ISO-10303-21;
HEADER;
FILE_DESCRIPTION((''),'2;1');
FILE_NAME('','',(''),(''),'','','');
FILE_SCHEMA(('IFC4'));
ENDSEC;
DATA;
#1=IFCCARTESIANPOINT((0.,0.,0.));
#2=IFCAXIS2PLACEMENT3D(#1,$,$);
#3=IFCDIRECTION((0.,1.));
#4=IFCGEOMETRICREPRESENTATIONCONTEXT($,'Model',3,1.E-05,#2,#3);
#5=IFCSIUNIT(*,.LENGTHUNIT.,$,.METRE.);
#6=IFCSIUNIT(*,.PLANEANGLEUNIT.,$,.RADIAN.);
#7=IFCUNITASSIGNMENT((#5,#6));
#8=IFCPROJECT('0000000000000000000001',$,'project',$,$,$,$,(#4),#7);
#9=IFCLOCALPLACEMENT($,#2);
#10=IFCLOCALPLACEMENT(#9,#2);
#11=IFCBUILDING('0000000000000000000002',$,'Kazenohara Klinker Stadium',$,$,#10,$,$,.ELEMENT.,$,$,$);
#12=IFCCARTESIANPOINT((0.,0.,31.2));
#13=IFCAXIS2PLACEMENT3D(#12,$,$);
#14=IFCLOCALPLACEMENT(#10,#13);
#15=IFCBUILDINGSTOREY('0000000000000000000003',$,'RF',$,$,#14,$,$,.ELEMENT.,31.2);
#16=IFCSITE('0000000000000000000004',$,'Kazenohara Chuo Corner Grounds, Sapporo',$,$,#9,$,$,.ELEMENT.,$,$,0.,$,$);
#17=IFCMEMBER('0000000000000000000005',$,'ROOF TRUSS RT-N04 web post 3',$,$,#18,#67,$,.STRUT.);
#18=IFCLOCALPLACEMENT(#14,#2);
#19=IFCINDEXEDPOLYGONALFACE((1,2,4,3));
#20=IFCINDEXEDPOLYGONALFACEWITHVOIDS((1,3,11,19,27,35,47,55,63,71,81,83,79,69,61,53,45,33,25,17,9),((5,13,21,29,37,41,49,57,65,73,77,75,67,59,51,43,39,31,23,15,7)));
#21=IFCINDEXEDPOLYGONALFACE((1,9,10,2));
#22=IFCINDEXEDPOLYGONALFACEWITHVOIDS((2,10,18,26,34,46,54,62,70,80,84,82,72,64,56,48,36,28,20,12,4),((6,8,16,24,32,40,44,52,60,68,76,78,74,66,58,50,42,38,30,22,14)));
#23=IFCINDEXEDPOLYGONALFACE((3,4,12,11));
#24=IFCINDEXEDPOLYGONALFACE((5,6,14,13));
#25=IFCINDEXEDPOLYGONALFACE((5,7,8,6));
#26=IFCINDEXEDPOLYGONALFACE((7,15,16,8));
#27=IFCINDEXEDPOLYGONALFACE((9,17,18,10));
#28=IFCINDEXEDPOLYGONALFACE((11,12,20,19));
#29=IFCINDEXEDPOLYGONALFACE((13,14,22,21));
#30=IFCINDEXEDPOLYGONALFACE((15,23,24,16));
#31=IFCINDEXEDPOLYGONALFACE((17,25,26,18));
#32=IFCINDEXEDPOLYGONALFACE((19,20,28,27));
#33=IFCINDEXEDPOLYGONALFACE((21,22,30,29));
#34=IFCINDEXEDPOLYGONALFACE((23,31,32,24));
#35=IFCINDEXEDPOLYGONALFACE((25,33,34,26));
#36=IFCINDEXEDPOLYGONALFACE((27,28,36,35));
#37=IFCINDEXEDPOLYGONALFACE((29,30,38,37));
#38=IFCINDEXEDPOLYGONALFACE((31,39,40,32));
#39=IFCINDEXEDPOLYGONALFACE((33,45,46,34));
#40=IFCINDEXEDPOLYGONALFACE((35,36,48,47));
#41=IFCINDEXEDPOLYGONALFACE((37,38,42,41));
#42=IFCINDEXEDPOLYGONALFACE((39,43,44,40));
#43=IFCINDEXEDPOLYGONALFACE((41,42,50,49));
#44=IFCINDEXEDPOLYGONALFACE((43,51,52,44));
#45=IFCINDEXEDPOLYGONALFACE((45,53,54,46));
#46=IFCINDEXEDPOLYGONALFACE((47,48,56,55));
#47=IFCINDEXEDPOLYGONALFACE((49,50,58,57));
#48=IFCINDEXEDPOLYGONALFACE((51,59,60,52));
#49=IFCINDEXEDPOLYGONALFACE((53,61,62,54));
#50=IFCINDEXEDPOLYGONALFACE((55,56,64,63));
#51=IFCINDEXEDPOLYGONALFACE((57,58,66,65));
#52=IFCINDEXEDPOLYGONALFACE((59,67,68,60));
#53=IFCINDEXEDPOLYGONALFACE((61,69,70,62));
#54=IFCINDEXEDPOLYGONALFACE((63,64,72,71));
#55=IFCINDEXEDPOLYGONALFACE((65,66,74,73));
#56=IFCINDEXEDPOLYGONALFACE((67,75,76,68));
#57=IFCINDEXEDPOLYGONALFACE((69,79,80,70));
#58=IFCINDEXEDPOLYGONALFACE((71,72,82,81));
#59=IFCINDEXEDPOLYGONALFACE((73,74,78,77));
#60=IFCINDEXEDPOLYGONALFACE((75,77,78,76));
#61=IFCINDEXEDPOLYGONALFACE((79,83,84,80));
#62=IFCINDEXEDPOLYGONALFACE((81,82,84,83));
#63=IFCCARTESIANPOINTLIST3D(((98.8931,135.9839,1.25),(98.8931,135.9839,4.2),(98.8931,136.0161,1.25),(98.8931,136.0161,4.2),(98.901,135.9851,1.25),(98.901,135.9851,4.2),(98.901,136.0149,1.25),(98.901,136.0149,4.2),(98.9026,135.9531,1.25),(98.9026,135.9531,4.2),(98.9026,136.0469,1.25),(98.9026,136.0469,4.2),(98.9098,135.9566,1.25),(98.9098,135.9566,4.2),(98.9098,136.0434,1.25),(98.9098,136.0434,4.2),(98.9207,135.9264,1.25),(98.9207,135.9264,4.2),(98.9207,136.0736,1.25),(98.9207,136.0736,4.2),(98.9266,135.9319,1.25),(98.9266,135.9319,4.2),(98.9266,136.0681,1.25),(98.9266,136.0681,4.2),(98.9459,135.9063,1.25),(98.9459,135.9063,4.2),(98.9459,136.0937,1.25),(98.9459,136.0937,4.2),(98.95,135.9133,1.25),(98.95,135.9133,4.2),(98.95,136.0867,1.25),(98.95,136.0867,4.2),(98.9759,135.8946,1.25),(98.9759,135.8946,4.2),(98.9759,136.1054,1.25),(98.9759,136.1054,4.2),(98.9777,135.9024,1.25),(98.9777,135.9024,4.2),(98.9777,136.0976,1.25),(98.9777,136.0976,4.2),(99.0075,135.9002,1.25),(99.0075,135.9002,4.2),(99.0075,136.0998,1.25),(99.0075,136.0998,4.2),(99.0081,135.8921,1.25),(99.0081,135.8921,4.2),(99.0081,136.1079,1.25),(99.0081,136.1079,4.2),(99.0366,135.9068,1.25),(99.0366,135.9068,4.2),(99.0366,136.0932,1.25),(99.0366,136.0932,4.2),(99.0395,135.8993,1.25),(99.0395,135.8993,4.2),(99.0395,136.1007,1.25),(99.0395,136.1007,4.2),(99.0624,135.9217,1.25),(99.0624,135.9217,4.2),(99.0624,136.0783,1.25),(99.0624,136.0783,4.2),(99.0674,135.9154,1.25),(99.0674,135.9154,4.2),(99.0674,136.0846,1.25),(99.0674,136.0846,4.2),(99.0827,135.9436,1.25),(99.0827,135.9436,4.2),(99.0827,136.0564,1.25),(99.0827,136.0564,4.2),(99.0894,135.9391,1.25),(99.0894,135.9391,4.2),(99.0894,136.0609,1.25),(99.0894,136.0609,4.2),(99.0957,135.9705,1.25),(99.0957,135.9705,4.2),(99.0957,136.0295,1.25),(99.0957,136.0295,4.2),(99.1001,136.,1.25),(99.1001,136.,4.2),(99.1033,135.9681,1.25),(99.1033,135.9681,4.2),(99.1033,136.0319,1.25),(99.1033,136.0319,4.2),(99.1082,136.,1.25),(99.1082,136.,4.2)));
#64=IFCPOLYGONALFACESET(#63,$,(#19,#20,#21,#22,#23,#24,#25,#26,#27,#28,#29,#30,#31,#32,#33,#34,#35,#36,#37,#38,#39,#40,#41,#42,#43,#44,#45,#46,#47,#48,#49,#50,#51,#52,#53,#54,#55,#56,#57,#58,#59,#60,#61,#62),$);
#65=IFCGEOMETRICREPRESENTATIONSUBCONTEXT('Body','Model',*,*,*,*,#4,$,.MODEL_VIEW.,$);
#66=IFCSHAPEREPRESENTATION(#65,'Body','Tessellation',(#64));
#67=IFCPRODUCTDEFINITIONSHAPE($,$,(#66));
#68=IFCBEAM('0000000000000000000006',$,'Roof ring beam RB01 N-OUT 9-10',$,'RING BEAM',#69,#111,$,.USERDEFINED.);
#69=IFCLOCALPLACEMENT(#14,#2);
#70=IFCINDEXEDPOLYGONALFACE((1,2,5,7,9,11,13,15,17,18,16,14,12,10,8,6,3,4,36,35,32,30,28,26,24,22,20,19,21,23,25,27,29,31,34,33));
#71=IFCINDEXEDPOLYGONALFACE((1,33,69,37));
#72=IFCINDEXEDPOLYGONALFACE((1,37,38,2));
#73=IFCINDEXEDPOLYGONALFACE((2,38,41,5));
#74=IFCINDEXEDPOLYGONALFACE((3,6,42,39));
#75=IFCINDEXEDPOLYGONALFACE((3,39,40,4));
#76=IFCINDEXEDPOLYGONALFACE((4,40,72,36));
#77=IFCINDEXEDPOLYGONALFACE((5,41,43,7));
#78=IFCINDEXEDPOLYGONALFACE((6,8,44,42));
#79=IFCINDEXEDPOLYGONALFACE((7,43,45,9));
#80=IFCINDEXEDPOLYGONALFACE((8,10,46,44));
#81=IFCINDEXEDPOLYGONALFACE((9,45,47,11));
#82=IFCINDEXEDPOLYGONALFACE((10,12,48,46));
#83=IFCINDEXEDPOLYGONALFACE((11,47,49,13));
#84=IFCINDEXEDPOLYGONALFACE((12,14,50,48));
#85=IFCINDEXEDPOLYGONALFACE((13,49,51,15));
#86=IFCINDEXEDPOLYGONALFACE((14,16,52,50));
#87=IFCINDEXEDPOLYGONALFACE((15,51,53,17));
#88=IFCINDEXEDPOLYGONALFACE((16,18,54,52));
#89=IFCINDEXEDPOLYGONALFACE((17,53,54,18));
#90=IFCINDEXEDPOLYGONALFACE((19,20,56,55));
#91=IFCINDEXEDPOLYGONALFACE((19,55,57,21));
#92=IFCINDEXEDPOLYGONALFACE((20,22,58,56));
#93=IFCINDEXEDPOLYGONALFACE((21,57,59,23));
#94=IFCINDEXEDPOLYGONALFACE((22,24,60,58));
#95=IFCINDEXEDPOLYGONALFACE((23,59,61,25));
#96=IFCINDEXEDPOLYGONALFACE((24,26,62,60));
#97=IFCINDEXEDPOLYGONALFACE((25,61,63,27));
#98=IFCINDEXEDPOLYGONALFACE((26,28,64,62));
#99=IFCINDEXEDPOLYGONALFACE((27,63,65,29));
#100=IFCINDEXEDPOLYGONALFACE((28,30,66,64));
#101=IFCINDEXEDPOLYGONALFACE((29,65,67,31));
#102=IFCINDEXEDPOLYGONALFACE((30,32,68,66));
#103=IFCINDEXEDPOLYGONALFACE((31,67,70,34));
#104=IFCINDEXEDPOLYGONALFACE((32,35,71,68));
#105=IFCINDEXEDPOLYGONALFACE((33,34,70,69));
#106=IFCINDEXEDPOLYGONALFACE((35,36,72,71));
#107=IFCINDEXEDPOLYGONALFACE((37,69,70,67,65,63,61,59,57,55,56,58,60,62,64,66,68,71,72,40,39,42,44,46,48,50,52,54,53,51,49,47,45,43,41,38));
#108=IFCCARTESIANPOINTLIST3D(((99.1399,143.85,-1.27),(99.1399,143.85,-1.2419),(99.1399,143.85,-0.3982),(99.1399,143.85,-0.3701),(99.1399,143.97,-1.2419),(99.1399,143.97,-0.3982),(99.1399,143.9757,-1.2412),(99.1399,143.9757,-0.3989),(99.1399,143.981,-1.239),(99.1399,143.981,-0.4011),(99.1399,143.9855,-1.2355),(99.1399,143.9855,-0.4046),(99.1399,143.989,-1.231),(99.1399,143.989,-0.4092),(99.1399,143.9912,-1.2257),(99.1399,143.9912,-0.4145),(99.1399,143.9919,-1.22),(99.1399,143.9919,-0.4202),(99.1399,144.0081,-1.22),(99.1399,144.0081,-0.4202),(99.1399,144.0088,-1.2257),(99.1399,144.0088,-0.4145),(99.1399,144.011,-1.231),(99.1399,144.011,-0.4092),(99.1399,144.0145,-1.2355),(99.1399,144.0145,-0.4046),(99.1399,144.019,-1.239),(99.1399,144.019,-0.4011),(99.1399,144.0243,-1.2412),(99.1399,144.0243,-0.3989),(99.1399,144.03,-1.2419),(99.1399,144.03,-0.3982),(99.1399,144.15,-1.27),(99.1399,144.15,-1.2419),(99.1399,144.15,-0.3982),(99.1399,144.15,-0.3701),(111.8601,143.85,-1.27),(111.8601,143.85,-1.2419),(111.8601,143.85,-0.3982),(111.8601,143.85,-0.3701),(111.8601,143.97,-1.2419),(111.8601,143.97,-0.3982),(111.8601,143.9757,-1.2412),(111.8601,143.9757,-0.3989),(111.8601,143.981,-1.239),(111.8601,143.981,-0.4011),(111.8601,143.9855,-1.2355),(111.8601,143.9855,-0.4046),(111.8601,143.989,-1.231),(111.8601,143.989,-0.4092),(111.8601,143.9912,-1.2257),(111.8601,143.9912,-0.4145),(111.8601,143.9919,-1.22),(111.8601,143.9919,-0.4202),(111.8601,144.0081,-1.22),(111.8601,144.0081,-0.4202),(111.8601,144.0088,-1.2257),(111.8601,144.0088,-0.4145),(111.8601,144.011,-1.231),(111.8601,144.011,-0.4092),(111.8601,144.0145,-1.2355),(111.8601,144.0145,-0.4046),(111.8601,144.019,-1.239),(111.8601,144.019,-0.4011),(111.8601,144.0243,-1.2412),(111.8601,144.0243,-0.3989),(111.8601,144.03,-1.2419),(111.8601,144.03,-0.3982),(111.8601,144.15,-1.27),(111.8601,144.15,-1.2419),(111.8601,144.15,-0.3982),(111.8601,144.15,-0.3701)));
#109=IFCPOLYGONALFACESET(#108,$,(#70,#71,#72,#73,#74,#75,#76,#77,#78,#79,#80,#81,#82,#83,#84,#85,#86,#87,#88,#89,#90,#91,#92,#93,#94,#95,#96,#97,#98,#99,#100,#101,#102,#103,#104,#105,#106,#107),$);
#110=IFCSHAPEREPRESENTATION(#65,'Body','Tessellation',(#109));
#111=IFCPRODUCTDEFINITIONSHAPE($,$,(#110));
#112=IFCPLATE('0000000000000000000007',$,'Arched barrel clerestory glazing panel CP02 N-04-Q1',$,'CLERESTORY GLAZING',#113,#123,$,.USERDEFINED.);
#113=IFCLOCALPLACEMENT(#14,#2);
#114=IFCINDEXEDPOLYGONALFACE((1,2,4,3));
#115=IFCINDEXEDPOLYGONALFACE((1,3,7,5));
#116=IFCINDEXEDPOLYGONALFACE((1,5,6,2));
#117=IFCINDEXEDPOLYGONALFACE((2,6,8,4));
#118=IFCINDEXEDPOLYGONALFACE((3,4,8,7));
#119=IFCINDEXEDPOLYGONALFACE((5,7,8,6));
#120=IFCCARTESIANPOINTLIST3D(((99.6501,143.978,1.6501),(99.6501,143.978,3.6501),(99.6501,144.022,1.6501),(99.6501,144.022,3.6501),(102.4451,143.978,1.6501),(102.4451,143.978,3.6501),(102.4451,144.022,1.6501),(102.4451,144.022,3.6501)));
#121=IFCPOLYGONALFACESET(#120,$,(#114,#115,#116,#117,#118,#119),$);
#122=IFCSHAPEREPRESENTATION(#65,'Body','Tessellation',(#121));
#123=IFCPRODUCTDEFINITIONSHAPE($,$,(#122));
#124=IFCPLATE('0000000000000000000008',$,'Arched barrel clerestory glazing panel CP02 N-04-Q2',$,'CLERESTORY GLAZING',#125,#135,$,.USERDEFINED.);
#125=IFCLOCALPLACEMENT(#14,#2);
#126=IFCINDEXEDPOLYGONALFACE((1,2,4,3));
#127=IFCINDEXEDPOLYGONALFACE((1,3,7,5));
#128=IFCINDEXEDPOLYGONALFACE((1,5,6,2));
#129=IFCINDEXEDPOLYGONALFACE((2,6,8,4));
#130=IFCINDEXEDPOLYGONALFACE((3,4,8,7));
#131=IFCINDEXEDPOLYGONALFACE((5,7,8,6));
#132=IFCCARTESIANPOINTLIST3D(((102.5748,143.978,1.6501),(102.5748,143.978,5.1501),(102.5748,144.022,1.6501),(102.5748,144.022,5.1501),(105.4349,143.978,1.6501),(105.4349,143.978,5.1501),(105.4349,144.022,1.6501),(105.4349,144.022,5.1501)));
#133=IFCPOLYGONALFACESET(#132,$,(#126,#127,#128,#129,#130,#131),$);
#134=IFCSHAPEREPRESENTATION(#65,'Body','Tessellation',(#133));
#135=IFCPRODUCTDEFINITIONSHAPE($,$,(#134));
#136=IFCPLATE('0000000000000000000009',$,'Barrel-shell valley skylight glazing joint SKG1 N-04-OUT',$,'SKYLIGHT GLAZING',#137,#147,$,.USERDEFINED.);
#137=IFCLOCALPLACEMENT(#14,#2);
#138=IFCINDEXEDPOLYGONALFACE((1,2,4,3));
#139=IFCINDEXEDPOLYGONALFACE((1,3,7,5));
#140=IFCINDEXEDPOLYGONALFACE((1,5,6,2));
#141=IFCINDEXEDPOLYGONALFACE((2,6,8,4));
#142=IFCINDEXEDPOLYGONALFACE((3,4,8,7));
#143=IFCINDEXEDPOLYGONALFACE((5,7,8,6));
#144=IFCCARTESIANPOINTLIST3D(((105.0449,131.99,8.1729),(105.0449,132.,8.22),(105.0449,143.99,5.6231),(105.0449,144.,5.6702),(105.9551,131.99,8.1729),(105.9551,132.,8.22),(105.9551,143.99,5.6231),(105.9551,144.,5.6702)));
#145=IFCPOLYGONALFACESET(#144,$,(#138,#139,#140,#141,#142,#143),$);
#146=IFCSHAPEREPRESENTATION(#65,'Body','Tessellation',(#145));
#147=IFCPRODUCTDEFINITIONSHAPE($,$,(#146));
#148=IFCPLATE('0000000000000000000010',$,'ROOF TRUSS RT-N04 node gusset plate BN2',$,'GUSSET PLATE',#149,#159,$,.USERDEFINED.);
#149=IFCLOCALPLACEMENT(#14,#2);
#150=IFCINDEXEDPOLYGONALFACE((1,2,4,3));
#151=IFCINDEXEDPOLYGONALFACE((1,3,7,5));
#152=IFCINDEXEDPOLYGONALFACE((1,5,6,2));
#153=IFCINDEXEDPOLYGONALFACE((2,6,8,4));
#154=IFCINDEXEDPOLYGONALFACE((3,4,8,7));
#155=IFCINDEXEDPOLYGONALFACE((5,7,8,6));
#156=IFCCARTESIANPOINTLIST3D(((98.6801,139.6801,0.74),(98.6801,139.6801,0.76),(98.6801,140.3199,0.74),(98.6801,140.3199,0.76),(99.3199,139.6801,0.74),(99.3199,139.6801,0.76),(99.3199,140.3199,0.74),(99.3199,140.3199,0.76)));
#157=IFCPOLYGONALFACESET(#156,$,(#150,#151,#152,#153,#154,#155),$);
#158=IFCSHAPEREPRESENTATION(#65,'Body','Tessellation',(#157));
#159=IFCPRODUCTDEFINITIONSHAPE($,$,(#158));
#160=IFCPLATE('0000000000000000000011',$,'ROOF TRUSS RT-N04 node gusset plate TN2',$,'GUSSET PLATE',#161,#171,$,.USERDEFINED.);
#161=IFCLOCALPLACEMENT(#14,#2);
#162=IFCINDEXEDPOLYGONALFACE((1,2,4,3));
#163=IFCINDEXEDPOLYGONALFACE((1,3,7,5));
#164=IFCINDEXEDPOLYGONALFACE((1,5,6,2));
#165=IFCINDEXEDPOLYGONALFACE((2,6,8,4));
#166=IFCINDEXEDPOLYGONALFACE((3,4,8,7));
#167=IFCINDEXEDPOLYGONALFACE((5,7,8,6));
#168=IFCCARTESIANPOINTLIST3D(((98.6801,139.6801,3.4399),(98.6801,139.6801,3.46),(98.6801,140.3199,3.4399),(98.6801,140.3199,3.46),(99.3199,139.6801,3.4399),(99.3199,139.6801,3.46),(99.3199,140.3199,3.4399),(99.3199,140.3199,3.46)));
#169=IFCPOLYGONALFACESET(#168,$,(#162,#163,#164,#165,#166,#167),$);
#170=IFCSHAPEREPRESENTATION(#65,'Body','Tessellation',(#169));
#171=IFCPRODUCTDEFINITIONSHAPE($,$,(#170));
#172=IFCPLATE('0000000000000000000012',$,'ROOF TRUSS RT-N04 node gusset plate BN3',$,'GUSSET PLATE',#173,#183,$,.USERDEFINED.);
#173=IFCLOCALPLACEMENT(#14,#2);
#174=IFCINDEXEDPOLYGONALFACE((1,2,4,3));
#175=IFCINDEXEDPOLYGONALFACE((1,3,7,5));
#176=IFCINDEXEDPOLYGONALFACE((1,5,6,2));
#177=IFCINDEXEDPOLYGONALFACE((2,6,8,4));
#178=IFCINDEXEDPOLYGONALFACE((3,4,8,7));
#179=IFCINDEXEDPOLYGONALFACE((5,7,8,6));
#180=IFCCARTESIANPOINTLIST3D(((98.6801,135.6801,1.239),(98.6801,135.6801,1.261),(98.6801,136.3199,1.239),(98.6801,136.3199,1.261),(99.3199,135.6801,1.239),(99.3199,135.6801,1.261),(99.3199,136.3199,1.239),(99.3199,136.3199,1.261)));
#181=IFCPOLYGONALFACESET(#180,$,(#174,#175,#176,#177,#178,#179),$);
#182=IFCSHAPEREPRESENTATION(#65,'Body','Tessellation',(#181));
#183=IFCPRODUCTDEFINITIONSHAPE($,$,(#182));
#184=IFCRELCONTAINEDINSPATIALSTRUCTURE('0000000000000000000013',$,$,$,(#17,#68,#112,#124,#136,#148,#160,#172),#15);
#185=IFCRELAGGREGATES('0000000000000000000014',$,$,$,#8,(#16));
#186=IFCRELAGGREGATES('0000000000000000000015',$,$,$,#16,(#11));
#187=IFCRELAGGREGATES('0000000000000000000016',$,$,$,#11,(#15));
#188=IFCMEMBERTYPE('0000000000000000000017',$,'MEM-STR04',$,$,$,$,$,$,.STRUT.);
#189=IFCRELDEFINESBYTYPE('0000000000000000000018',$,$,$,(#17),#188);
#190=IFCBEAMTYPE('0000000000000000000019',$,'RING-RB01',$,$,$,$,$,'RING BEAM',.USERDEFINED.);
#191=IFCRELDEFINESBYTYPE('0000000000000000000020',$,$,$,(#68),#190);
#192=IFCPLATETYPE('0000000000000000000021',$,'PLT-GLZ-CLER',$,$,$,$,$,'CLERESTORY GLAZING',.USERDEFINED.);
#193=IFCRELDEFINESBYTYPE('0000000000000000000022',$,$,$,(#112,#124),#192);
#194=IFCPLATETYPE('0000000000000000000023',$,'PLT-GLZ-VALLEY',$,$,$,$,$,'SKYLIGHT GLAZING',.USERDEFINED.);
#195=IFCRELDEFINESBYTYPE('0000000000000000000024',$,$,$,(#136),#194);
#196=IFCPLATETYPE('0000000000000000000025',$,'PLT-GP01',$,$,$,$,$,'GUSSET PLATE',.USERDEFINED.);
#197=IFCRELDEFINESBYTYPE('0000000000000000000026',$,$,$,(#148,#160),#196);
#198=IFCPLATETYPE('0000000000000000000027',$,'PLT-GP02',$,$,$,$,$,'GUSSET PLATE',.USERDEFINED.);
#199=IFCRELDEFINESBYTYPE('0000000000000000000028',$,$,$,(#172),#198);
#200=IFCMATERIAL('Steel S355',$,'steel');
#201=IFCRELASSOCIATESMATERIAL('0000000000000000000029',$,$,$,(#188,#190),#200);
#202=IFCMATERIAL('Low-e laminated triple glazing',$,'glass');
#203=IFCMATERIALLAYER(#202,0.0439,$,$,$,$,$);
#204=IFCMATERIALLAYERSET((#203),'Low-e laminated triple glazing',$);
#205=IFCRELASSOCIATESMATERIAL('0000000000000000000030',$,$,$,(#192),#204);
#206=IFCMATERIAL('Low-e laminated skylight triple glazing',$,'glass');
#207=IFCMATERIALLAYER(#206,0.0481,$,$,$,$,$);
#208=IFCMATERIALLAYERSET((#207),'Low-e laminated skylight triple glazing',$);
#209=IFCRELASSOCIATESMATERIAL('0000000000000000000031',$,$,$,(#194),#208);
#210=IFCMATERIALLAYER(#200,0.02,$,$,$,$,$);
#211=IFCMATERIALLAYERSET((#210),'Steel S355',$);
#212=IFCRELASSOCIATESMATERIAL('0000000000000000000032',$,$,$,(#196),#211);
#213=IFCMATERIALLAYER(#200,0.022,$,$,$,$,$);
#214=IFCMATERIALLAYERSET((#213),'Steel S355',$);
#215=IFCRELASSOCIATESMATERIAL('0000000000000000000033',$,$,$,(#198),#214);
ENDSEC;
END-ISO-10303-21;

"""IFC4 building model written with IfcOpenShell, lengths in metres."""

from ifc_helpers import new_model, si_unit, direction, frame, origin, origin_2d, place, context, subcontext, project, spatial, polyline, rectangle, hollow_circle, i_section, outline, extrude, material, layer, layer_set, material_profile, profile_set, type_object, element, save


model = new_model("IFC4")

# Units and contexts
model_context = context("Model", 3, precision=1e-05, world=origin(), true_north=direction((0.0, 1.0)))
body_context = subcontext(model_context, "Body", "Model", "MODEL_VIEW")
ifc_project = project(units=[si_unit("LENGTHUNIT", "METRE"), si_unit("PLANEANGLEUNIT", "RADIAN")], contexts=[model_context])

# Site, building, storey
site_placement = place(None, origin())
site = spatial("IfcSite", under=ifc_project, at=site_placement, Name="Kazenohara Chuo Corner Grounds, Sapporo", CompositionType="ELEMENT", RefElevation=0.0)
building_placement = place(site_placement, origin())
building = spatial("IfcBuilding", under=site, at=building_placement, Name="Kazenohara Klinker Stadium", CompositionType="ELEMENT")
storey_placement = place(building_placement, frame((0.0, 0.0, 31.2)))
storey = spatial("IfcBuildingStorey", under=building, at=storey_placement, Name="RF", CompositionType="ELEMENT", Elevation=31.2)

# Member
ifc_material_1 = material(Name="Steel S355", Category="steel")
ifc_material_profile_1 = material_profile(ifc_material_1, hollow_circle(Radius=0.1082, WallThickness=0.0081, at=origin_2d()), Name="CHS-216.3x8")
ifc_profile_set_1 = profile_set([ifc_material_profile_1], Name="Steel S355")
member_type_1 = type_object("IfcMemberType", Name="MEM-STR04", PredefinedType="STRUT", material=ifc_profile_set_1)
member_1_placement = place(storey_placement, frame((99.0, 136.0, 1.25), z_axis=(0.0, 0.0, 1.0), x_axis=(1.0, 0.0, 0.0)))
element("IfcMember", 1, at=member_1_placement, inside=storey, type_object=member_type_1, Name="ROOF TRUSS RT-N04 web post 3", PredefinedType="STRUT", context=body_context, shape_type="SweptSolid", body=[
    extrude(hollow_circle(Radius=0.1082, WallThickness=0.0081, at=origin_2d()), origin(), (0.0, 0.0, 1.0), 2.95),
])

# Beam
ifc_material_profile_2 = material_profile(ifc_material_1, i_section(OverallWidth=0.3, OverallDepth=0.8999, WebThickness=0.0161, FlangeThickness=0.0281, FilletRadius=0.022, at=origin_2d()), Name="H-900x300x16x28")
ifc_profile_set_2 = profile_set([ifc_material_profile_2], Name="Steel S355")
beam_type = type_object("IfcBeamType", Name="RING-RB01", ElementType="RING BEAM", PredefinedType="USERDEFINED", material=ifc_profile_set_2)
beam_placement = place(storey_placement, frame((99.1399, 144.0, -0.8201), z_axis=(1.0, 0.0, 0.0), x_axis=(0.0, 1.0, 0.0)))
element("IfcBeam", 2, at=beam_placement, inside=storey, type_object=beam_type, Name="Roof ring beam RB01 N-OUT 9-10", ObjectType="RING BEAM", PredefinedType="USERDEFINED", context=body_context, shape_type="SweptSolid", body=[
    extrude(i_section(OverallWidth=0.3, OverallDepth=0.8999, WebThickness=0.0161, FlangeThickness=0.0281, FilletRadius=0.022, at=origin_2d()), origin(), (0.0, 0.0, 1.0), 12.7202),
])

# Plates
ifc_material_2 = material(Name="Low-e laminated triple glazing", Category="glass")
ifc_layer_1 = layer(ifc_material_2, 0.0439)
ifc_layer_set_1 = layer_set([ifc_layer_1], Name="Low-e laminated triple glazing")
plate_type_1 = type_object("IfcPlateType", Name="PLT-GLZ-CLER", ElementType="CLERESTORY GLAZING", PredefinedType="USERDEFINED", material=ifc_layer_set_1)
plate_1_placement = place(storey_placement, frame((101.0476, 144.0, 1.6501), z_axis=(0.0, 0.0, 1.0), x_axis=(1.0, 0.0, 0.0)))
element("IfcPlate", 3, at=plate_1_placement, inside=storey, type_object=plate_type_1, Name="Arched barrel clerestory glazing panel CP02 N-04-Q1", ObjectType="CLERESTORY GLAZING", PredefinedType="USERDEFINED", context=body_context, shape_type="SweptSolid", body=[
    extrude(rectangle(XDim=2.7949, YDim=0.0439, at=origin_2d()), origin(), (0.0, 0.0, 1.0), 2.0),
])
plate_2_placement = place(storey_placement, frame((104.0049, 144.0, 1.6501), z_axis=(0.0, 0.0, 1.0), x_axis=(1.0, 0.0, 0.0)))
element("IfcPlate", 4, at=plate_2_placement, inside=storey, type_object=plate_type_1, Name="Arched barrel clerestory glazing panel CP02 N-04-Q2", ObjectType="CLERESTORY GLAZING", PredefinedType="USERDEFINED", context=body_context, shape_type="SweptSolid", body=[
    extrude(rectangle(XDim=2.8601, YDim=0.0439, at=origin_2d()), origin(), (0.0, 0.0, 1.0), 3.5),
])
ifc_material_3 = material(Name="Low-e laminated skylight triple glazing", Category="glass")
ifc_layer_2 = layer(ifc_material_3, 0.0481)
ifc_layer_set_2 = layer_set([ifc_layer_2], Name="Low-e laminated skylight triple glazing")
plate_type_2 = type_object("IfcPlateType", Name="PLT-GLZ-VALLEY", ElementType="SKYLIGHT GLAZING", PredefinedType="USERDEFINED", material=ifc_layer_set_2)
plate_3_placement = place(storey_placement, frame((105.0449, 144.0, 5.6702), z_axis=(0.0, 0.207844, 0.978162), x_axis=(0.0, -0.978162, 0.207844)))
element("IfcPlate", 5, at=plate_3_placement, inside=storey, type_object=plate_type_2, Name="Barrel-shell valley skylight glazing joint SKG1 N-04-OUT", ObjectType="SKYLIGHT GLAZING", PredefinedType="USERDEFINED", context=body_context, shape_type="SweptSolid", body=[
    extrude(outline(polyline([(0.0, 0.0), (12.2679, 0.0), (12.2679, 0.9102), (0.0, 0.9102), (0.0, 0.0)])), origin(), (0.0, 0.0, -1.0), 0.0481),
])
ifc_layer_3 = layer(ifc_material_1, 0.02)
ifc_layer_set_3 = layer_set([ifc_layer_3], Name="Steel S355")
plate_type_3 = type_object("IfcPlateType", Name="PLT-GP01", ElementType="GUSSET PLATE", PredefinedType="USERDEFINED", material=ifc_layer_set_3)
for number, where, z_axis, x_axis, name in (
    (6, (99.0, 140.0, 0.74), (0.0, 0.0, 1.0), (1.0, 0.0, 0.0), "ROOF TRUSS RT-N04 node gusset plate BN2"),
    (7, (99.0, 140.0, 3.4399), (0.0, 0.0, 1.0), (1.0, 0.0, 0.0), "ROOF TRUSS RT-N04 node gusset plate TN2"),
):
    element("IfcPlate", number, at=place(storey_placement, frame(where, z_axis=z_axis, x_axis=x_axis)), inside=storey, type_object=plate_type_3, Name=name, ObjectType="GUSSET PLATE", PredefinedType="USERDEFINED", context=body_context, shape_type="SweptSolid", body=[
        extrude(rectangle(XDim=0.6399, YDim=0.6399, at=origin_2d()), origin(), (0.0, 0.0, 1.0), 0.02),
    ])
ifc_layer_4 = layer(ifc_material_1, 0.022)
ifc_layer_set_4 = layer_set([ifc_layer_4], Name="Steel S355")
plate_type_4 = type_object("IfcPlateType", Name="PLT-GP02", ElementType="GUSSET PLATE", PredefinedType="USERDEFINED", material=ifc_layer_set_4)
for number, where, z_axis, x_axis, name in (
    (8, (99.0, 136.0, 1.239), (0.0, 0.0, 1.0), (1.0, 0.0, 0.0), "ROOF TRUSS RT-N04 node gusset plate BN3"),
):
    element("IfcPlate", number, at=place(storey_placement, frame(where, z_axis=z_axis, x_axis=x_axis)), inside=storey, type_object=plate_type_4, Name=name, ObjectType="GUSSET PLATE", PredefinedType="USERDEFINED", context=body_context, shape_type="SweptSolid", body=[
        extrude(rectangle(XDim=0.6399, YDim=0.6399, at=origin_2d()), origin(), (0.0, 0.0, 1.0), 0.022),
    ])

save(model, "model.ifc")
